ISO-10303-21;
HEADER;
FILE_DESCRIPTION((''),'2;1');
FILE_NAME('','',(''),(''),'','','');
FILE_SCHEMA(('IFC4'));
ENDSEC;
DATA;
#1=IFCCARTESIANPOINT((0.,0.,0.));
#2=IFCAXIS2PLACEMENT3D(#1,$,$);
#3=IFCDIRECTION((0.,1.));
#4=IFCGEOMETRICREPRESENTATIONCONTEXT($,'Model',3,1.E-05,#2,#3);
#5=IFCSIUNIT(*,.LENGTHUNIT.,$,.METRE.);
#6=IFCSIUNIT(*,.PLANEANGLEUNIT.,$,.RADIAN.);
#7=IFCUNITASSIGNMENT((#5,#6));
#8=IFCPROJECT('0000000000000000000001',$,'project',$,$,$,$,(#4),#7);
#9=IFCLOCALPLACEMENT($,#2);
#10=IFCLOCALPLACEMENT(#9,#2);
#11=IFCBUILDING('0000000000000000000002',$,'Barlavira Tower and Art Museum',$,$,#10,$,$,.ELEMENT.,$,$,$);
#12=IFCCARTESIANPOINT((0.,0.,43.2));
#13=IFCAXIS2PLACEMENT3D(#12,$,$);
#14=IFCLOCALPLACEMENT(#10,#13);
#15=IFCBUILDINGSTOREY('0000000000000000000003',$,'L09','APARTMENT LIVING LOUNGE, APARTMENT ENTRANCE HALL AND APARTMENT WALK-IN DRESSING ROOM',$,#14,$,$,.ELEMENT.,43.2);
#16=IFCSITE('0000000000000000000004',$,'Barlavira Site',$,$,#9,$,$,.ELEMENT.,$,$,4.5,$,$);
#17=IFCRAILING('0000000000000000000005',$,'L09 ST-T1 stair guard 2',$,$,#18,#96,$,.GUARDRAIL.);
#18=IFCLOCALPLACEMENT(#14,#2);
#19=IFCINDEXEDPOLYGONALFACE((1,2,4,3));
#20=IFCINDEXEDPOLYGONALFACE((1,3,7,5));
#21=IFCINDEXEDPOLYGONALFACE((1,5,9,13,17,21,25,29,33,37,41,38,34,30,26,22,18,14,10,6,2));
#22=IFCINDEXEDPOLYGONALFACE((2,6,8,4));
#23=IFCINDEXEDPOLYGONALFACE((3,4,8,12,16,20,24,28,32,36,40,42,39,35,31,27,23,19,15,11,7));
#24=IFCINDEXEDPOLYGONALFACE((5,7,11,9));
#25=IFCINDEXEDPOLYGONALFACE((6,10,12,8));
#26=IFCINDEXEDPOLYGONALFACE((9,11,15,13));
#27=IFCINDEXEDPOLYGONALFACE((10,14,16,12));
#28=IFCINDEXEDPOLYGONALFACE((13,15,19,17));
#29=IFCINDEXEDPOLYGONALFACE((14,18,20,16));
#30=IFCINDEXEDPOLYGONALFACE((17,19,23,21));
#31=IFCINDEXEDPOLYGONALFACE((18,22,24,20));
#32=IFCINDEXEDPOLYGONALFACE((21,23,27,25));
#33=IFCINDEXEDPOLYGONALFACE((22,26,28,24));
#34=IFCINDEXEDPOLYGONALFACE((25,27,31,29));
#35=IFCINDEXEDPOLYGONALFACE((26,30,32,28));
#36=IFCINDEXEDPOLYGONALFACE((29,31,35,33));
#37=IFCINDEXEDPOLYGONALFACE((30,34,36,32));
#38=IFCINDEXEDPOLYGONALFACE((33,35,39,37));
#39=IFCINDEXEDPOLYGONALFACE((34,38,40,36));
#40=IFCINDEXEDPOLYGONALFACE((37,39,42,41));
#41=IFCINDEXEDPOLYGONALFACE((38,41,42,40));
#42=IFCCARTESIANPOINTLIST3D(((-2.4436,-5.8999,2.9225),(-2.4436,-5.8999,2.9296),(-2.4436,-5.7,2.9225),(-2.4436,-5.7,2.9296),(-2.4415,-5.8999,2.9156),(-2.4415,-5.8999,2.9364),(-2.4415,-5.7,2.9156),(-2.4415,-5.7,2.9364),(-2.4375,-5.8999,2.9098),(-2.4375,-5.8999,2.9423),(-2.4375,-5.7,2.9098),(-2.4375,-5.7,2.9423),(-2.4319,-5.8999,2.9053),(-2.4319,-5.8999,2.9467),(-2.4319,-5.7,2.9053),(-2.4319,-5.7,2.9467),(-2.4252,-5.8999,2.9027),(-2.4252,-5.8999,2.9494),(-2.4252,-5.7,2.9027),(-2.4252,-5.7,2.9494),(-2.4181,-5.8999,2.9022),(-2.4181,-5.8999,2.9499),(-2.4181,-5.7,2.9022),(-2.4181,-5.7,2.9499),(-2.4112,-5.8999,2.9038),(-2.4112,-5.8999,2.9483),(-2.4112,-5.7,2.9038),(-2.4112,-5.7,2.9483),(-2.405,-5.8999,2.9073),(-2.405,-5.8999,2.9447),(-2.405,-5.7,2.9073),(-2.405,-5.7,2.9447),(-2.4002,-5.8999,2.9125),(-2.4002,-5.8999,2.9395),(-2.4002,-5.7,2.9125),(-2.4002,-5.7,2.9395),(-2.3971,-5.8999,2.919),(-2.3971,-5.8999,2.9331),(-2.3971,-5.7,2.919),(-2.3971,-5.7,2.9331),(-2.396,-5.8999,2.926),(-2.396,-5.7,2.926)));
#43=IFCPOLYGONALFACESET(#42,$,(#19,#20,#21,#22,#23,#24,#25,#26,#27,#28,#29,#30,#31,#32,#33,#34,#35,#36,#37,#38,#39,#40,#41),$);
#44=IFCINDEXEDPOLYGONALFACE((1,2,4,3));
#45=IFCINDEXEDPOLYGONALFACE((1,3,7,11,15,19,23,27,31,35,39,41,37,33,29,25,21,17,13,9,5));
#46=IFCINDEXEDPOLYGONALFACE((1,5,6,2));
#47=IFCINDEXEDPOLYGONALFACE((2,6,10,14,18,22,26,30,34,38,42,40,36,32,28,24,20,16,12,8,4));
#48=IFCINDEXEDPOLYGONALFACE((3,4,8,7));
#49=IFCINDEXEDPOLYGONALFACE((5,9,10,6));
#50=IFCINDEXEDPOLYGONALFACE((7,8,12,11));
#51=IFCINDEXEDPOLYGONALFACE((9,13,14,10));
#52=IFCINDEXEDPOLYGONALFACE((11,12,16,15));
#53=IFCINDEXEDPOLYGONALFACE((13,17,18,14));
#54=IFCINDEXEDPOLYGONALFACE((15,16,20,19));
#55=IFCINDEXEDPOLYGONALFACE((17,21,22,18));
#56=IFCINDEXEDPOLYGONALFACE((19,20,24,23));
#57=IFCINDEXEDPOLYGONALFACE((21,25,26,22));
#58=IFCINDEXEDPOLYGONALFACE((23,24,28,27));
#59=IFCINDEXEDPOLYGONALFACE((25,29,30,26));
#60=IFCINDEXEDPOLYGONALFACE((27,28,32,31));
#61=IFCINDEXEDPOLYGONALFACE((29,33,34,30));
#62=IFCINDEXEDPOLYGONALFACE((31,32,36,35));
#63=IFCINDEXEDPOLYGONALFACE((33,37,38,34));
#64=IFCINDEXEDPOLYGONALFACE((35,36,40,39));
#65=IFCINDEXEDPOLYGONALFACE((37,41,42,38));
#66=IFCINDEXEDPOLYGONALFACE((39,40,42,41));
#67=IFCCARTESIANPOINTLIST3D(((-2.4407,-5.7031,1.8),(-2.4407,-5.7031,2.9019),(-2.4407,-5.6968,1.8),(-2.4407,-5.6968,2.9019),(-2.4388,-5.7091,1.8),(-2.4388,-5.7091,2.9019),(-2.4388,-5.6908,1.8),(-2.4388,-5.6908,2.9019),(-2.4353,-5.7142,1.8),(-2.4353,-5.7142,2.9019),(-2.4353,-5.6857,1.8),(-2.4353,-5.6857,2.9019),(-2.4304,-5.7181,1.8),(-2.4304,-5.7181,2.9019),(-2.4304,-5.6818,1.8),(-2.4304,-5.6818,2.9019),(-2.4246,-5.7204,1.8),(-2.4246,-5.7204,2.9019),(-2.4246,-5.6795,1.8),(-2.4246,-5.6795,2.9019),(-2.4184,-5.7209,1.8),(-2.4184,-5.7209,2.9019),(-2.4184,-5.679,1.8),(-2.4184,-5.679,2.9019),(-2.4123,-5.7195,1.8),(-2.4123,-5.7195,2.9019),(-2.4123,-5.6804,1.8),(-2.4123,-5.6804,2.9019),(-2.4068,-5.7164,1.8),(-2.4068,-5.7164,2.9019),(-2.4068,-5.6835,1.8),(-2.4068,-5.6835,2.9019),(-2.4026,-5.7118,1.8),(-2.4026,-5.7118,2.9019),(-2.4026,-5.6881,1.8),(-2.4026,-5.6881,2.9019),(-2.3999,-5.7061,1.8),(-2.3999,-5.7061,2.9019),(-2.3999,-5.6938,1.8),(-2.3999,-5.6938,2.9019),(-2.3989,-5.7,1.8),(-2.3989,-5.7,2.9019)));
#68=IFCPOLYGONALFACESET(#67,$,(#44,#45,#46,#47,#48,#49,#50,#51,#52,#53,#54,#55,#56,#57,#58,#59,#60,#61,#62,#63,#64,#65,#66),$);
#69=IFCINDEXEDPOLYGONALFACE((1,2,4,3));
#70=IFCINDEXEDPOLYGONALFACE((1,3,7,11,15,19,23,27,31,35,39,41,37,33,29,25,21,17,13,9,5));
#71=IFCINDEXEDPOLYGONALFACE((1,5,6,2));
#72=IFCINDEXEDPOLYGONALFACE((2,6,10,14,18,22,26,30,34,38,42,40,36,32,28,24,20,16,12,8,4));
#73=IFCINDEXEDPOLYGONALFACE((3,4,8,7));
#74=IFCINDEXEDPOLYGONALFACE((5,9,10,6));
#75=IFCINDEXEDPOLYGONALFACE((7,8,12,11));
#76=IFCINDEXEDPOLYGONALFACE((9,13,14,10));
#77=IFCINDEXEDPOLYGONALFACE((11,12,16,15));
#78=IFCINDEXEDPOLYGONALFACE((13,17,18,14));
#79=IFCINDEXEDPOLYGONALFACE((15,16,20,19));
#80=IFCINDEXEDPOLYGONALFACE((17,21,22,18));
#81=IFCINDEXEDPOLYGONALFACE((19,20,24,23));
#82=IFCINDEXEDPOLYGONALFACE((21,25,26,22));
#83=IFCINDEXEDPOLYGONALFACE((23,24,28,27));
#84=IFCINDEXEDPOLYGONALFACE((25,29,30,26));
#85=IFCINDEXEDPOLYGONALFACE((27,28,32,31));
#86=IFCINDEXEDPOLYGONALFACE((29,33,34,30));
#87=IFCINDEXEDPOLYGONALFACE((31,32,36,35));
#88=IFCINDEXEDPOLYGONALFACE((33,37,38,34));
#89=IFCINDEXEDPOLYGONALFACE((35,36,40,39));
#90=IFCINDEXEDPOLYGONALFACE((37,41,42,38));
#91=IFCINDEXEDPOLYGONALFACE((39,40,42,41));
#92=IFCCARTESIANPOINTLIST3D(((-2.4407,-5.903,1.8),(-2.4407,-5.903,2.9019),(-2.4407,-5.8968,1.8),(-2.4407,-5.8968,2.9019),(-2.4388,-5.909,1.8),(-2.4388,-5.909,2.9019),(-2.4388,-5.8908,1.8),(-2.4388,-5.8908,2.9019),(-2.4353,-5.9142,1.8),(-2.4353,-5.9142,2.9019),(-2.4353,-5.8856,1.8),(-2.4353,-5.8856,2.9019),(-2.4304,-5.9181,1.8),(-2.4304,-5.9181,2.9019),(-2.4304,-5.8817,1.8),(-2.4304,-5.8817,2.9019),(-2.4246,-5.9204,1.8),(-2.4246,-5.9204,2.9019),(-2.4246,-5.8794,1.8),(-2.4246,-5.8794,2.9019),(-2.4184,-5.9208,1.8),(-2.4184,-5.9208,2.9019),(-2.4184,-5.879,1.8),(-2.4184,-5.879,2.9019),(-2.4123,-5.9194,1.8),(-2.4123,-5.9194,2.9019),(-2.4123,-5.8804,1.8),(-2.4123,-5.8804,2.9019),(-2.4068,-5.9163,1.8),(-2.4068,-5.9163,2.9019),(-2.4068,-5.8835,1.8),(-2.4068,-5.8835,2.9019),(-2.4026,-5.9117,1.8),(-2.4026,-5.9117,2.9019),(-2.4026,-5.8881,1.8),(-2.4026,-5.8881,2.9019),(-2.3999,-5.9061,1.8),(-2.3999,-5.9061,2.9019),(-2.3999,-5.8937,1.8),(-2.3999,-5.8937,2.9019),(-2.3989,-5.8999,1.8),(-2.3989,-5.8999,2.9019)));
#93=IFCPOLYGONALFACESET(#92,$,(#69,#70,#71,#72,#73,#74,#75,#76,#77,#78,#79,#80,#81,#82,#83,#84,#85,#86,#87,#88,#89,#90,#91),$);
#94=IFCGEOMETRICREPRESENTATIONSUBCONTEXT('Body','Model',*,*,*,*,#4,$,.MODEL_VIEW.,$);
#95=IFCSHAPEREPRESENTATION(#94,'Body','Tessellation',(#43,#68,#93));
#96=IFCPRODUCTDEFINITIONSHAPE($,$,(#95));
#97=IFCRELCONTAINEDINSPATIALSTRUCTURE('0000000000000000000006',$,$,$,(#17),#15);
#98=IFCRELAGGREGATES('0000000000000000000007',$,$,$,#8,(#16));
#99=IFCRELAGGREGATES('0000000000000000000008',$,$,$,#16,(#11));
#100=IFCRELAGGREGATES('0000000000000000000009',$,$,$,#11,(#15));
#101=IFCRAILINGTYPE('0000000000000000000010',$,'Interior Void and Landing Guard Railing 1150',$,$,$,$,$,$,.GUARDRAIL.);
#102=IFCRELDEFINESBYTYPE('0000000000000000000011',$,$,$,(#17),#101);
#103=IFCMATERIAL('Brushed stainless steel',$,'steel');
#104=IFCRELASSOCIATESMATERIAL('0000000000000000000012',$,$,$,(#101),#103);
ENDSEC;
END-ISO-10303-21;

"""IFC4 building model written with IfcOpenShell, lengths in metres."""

from ifc_helpers import new_model, si_unit, direction, frame, origin, origin_2d, place, context, subcontext, project, spatial, circle, extrude, material, type_object, element, save


model = new_model("IFC4")

# Units and contexts
model_context = context("Model", 3, precision=1e-05, world=origin(), true_north=direction((0.0, 1.0)))
body_context = subcontext(model_context, "Body", "Model", "MODEL_VIEW")
ifc_project = project(units=[si_unit("LENGTHUNIT", "METRE"), si_unit("PLANEANGLEUNIT", "RADIAN")], contexts=[model_context])

# Site, building, storey
site_placement = place(None, origin())
site = spatial("IfcSite", under=ifc_project, at=site_placement, Name="Barlavira Site", CompositionType="ELEMENT", RefElevation=4.5)
building_placement = place(site_placement, origin())
building = spatial("IfcBuilding", under=site, at=building_placement, Name="Barlavira Tower and Art Museum", CompositionType="ELEMENT")
storey_placement = place(building_placement, frame((0.0, 0.0, 43.2)))
storey = spatial("IfcBuildingStorey", under=building, at=storey_placement, Name="L09", Description="APARTMENT LIVING LOUNGE, APARTMENT ENTRANCE HALL AND APARTMENT WALK-IN DRESSING ROOM", CompositionType="ELEMENT", Elevation=43.2)

# Shared definitions
ifc_material_1 = material(Name="Brushed stainless steel", Category="steel")

# Railing
railing_type_1 = type_object("IfcRailingType", Name="Interior Void and Landing Guard Railing 1150", PredefinedType="GUARDRAIL", material=ifc_material_1)
railing_1_placement = place(storey_placement, frame((-2.4199, -5.7, 1.8)))
element("IfcRailing", 1, at=railing_1_placement, inside=storey, type_object=railing_type_1, Name="L09 ST-T1 stair guard 2", PredefinedType="GUARDRAIL", context=body_context, shape_type="SweptSolid", body=[
    extrude(circle(Radius=0.0239, at=origin_2d()), frame((0.0, 0.0, 1.126), z_axis=(0.0, -1.0, 0.0), x_axis=(1.0, 0.0, 0.0)), (0.0, 0.0, 1.0), 0.2),
    extrude(circle(Radius=0.021, at=origin_2d()), origin(), (0.0, 0.0, 1.0), 1.1018),
    extrude(circle(Radius=0.021, at=origin_2d()), frame((0.0, -0.2, 0.0)), (0.0, 0.0, 1.0), 1.1018),
])

save(model, "model.ifc")
